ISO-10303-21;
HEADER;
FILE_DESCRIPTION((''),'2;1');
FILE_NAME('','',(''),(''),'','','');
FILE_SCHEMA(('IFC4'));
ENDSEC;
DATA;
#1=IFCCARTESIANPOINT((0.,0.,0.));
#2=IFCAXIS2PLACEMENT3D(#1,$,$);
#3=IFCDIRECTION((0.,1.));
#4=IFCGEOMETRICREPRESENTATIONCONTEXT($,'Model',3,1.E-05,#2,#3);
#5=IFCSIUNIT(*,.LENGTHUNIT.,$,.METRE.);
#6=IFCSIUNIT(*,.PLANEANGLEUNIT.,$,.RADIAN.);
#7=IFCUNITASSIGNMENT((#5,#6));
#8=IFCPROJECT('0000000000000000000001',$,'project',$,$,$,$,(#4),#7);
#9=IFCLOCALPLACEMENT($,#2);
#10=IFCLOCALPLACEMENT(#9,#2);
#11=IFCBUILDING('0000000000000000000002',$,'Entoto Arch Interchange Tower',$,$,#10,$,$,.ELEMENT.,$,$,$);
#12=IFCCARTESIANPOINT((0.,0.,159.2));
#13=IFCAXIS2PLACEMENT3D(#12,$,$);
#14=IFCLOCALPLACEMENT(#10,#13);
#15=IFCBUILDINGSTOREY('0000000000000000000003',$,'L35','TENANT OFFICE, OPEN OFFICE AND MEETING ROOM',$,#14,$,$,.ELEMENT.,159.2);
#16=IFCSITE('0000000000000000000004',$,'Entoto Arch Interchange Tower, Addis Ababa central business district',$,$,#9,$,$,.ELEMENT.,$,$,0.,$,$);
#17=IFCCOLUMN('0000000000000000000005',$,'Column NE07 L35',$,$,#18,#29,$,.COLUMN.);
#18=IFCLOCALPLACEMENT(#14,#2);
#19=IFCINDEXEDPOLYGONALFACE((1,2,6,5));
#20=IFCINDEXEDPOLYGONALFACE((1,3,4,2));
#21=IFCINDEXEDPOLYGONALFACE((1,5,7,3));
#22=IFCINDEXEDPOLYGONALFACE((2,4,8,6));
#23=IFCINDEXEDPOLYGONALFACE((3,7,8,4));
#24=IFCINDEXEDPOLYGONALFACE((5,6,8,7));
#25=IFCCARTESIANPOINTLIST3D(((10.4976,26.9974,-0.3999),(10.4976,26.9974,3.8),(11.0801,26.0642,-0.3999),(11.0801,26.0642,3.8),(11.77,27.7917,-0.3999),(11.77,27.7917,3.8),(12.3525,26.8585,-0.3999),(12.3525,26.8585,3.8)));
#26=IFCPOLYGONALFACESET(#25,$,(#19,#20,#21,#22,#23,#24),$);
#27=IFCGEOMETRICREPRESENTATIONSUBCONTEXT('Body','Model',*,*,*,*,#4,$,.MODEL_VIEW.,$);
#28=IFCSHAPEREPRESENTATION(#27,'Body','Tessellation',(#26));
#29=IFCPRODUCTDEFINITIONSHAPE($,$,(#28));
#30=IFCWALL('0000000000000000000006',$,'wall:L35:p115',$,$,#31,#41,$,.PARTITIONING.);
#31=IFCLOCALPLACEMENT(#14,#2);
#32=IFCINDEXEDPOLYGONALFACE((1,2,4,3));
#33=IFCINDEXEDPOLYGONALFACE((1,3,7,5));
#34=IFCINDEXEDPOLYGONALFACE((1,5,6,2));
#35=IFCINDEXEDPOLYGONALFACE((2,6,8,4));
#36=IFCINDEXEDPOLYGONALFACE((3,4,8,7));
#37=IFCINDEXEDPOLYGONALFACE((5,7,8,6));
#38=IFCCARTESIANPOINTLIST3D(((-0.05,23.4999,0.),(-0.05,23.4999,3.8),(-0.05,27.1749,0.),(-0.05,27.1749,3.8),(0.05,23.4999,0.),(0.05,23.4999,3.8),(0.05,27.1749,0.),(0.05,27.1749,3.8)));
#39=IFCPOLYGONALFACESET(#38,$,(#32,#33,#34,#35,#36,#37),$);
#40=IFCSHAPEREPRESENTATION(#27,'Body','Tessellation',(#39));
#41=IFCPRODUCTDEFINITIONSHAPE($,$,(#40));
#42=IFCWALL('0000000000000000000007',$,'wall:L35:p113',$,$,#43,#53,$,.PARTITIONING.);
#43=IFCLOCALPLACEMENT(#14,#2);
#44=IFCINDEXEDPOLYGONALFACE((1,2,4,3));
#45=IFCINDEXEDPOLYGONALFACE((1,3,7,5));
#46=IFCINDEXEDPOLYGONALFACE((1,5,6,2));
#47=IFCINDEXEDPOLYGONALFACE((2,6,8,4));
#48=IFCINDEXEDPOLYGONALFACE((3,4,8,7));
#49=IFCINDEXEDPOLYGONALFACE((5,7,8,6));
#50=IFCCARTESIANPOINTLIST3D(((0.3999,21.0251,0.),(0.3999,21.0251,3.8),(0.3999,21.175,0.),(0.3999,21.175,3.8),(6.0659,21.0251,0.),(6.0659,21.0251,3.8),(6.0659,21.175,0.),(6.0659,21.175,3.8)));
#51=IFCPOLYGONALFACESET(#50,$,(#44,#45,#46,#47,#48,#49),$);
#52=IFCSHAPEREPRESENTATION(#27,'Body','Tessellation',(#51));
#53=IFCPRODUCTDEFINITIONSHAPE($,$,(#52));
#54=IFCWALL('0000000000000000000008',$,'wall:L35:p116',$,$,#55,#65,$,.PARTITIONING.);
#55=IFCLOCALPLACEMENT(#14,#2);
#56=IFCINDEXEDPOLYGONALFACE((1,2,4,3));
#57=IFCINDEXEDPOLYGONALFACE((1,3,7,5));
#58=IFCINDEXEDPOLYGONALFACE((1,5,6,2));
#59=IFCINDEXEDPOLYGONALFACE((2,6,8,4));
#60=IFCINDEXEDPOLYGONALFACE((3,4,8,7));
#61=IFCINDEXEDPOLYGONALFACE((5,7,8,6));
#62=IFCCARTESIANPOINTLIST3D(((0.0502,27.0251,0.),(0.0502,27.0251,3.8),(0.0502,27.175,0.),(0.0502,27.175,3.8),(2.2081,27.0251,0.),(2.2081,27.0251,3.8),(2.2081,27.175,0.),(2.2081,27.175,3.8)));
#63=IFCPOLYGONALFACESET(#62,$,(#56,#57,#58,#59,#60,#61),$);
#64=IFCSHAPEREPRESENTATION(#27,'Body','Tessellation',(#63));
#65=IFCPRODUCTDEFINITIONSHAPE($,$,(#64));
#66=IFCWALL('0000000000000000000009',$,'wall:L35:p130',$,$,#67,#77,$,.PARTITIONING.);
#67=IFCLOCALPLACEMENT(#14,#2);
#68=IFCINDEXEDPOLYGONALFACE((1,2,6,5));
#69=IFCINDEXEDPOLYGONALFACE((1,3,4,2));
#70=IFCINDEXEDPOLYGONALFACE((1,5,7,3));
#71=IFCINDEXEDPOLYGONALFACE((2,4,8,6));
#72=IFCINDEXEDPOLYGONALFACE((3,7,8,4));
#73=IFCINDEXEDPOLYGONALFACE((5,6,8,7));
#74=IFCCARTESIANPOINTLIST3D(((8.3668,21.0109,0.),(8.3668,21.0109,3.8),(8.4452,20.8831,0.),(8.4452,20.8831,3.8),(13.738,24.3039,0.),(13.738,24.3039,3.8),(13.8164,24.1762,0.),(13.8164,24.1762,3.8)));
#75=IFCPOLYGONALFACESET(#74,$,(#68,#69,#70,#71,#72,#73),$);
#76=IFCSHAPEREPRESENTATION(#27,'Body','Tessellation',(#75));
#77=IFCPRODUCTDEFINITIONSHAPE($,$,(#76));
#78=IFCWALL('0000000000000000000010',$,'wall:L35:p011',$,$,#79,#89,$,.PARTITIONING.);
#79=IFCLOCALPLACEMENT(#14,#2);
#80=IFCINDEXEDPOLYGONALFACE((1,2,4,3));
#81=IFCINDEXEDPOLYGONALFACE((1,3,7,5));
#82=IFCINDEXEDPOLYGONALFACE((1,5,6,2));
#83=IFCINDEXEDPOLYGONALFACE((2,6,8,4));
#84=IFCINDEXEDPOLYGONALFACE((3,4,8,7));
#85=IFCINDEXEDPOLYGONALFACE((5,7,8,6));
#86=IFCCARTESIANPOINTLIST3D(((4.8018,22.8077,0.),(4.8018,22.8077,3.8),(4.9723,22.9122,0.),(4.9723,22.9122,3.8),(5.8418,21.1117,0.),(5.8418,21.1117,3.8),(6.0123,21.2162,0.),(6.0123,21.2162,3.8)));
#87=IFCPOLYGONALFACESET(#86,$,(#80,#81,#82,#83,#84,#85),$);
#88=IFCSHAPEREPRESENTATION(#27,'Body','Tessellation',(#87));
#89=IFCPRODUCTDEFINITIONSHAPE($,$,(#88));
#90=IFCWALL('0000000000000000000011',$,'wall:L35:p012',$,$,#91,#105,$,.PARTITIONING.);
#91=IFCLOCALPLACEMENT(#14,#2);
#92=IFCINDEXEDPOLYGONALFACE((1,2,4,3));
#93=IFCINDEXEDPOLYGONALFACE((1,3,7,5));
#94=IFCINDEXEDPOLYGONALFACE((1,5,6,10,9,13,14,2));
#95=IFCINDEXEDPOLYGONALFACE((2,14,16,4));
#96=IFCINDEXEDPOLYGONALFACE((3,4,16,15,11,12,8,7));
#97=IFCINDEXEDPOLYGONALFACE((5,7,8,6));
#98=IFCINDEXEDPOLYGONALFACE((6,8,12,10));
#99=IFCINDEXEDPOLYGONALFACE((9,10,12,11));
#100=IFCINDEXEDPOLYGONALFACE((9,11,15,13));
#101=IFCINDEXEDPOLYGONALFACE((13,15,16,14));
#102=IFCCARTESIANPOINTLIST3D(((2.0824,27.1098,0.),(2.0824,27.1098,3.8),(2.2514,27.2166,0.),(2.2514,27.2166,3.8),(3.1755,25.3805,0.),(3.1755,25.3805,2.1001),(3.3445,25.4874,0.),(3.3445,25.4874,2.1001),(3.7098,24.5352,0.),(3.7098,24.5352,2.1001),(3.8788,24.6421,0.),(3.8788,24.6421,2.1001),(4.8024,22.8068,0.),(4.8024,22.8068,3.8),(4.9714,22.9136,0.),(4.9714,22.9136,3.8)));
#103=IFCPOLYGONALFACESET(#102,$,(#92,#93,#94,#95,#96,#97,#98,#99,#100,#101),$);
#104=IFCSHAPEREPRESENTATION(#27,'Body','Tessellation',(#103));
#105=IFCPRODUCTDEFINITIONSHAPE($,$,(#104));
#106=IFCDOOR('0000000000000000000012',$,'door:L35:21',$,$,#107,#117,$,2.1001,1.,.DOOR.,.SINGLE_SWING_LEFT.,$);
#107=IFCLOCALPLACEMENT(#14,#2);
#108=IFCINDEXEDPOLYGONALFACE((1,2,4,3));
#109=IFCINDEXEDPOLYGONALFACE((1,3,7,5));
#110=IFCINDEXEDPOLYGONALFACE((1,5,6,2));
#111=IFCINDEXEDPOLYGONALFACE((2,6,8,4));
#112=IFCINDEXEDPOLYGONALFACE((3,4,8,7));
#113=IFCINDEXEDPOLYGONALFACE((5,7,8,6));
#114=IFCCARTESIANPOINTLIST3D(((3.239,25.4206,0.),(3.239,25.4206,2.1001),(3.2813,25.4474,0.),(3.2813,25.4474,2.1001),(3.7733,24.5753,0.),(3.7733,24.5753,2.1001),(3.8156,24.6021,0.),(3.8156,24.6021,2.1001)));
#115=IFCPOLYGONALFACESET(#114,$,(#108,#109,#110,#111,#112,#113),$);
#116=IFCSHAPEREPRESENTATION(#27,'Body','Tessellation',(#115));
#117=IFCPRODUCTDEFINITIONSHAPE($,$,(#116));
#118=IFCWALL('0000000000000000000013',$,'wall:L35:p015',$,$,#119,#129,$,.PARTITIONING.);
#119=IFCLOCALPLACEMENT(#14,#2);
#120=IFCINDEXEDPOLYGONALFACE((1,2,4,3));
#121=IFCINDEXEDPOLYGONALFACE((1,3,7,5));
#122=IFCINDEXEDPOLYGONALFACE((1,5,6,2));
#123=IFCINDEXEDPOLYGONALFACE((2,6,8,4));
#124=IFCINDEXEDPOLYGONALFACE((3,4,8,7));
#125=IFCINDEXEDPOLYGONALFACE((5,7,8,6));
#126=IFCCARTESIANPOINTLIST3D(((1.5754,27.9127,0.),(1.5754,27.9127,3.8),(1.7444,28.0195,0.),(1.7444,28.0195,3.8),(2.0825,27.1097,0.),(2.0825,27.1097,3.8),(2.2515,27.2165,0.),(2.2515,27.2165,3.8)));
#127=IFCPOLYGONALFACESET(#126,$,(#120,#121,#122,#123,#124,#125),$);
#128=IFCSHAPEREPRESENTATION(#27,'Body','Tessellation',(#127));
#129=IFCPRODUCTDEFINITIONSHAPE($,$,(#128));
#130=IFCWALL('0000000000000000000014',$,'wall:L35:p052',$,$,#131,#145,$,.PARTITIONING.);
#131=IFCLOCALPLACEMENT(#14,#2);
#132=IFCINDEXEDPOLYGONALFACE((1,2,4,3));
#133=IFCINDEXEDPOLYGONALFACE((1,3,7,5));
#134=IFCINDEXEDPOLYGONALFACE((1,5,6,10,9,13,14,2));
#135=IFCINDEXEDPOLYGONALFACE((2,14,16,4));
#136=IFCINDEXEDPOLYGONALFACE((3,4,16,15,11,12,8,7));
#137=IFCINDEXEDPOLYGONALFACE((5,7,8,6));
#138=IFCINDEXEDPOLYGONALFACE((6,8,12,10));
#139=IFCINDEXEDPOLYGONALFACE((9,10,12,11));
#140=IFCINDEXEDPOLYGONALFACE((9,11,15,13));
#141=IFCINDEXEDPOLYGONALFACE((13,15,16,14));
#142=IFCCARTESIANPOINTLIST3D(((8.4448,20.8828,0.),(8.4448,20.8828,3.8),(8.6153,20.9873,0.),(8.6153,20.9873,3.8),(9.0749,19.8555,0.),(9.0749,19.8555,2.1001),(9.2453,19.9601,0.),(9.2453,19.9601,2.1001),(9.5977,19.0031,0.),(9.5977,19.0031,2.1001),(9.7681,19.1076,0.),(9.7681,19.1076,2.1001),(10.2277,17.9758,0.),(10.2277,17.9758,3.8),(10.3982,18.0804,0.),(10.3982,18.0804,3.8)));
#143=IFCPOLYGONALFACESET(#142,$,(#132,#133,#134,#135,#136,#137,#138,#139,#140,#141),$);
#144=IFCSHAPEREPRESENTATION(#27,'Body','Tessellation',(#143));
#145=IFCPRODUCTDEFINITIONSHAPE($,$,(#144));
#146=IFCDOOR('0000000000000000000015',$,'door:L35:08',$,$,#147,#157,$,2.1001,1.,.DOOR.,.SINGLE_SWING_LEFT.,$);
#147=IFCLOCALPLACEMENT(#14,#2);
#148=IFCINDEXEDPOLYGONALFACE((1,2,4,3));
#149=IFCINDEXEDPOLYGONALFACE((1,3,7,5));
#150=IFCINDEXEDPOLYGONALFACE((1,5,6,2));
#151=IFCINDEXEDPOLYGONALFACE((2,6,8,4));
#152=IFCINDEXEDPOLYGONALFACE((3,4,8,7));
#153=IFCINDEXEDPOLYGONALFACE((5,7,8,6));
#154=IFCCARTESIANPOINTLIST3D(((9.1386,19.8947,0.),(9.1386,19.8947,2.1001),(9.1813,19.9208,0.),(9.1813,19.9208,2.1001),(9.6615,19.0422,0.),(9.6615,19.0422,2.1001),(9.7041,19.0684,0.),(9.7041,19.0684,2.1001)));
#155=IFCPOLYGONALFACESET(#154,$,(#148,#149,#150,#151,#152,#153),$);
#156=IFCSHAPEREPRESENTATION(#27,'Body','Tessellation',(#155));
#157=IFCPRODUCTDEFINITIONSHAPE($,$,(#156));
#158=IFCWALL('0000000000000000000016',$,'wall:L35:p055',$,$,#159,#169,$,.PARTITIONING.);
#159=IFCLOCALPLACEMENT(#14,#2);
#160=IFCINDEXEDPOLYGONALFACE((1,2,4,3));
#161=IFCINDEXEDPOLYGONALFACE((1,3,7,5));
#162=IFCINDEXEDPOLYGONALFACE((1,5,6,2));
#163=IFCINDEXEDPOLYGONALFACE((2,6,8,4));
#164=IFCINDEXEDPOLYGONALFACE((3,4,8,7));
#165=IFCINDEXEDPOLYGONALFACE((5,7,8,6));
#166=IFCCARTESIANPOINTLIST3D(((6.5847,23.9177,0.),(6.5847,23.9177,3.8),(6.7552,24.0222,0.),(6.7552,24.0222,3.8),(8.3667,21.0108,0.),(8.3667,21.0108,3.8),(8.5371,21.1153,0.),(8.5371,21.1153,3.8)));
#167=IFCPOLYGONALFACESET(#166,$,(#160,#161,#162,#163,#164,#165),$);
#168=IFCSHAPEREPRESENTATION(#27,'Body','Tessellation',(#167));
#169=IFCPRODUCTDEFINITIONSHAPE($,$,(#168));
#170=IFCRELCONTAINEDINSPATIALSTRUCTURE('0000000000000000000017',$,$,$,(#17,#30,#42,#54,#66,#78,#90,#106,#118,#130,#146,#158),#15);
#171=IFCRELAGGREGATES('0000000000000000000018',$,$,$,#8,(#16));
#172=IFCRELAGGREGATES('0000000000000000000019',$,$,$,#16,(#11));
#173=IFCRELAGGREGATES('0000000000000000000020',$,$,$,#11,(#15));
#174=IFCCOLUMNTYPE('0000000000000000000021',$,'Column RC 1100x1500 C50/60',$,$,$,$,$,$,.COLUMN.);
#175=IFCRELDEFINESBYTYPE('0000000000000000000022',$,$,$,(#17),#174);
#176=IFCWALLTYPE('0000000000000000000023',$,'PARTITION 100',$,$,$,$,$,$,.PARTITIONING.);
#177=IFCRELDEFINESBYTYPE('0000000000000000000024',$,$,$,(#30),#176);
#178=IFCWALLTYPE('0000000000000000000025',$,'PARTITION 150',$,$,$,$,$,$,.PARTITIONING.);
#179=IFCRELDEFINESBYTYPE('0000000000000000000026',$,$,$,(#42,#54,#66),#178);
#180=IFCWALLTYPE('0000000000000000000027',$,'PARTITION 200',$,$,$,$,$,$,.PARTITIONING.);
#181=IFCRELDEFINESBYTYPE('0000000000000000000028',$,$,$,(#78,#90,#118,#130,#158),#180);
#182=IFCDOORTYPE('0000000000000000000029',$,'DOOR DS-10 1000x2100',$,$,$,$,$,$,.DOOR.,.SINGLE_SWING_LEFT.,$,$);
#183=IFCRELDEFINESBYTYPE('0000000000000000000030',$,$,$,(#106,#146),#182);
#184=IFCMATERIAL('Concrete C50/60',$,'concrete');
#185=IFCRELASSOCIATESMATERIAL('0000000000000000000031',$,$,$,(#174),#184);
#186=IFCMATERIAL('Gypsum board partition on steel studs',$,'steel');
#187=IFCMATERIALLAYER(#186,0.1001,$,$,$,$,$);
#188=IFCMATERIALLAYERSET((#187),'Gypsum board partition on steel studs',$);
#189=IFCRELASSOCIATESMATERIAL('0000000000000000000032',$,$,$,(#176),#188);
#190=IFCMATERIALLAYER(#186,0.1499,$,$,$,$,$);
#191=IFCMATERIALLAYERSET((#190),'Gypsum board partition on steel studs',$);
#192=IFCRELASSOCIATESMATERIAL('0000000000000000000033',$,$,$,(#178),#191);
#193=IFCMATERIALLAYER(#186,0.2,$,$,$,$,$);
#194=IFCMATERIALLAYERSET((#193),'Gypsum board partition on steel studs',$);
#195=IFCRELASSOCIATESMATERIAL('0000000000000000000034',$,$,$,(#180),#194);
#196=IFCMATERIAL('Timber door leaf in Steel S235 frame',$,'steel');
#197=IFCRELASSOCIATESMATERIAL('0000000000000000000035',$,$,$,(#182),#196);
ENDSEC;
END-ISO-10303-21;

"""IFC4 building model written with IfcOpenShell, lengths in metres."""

from ifc_helpers import new_model, si_unit, direction, frame, frame_2d, origin, origin_2d, place, context, subcontext, project, spatial, rectangle, extrude, material, layer, layer_set, material_profile, profile_set, type_object, element, fill, save


model = new_model("IFC4")

# Units and contexts
model_context = context("Model", 3, precision=1e-05, world=origin(), true_north=direction((0.0, 1.0)))
body_context = subcontext(model_context, "Body", "Model", "MODEL_VIEW")
ifc_project = project(units=[si_unit("LENGTHUNIT", "METRE"), si_unit("PLANEANGLEUNIT", "RADIAN")], contexts=[model_context])

# Site, building, storey
site_placement = place(None, origin())
site = spatial("IfcSite", under=ifc_project, at=site_placement, Name="Entoto Arch Interchange Tower, Addis Ababa central business district", CompositionType="ELEMENT", RefElevation=0.0)
building_placement = place(site_placement, origin())
building = spatial("IfcBuilding", under=site, at=building_placement, Name="Entoto Arch Interchange Tower", CompositionType="ELEMENT")
storey_placement = place(building_placement, frame((0.0, 0.0, 159.2)))
storey = spatial("IfcBuildingStorey", under=building, at=storey_placement, Name="L35", Description="TENANT OFFICE, OPEN OFFICE AND MEETING ROOM", CompositionType="ELEMENT", Elevation=159.2)

# Column
ifc_material_1 = material(Name="Concrete C50/60", Category="concrete")
ifc_material_profile = material_profile(ifc_material_1, rectangle(XDim=1.1001, YDim=1.5, at=origin_2d()))
ifc_profile_set = profile_set([ifc_material_profile], Name="Concrete C50/60")
column_type = type_object("IfcColumnType", Name="Column RC 1100x1500 C50/60", PredefinedType="COLUMN", material=ifc_profile_set)
column_placement = place(storey_placement, frame((11.425, 26.928, -0.3999), z_axis=(0.0, 0.0, 1.0), x_axis=(-0.529549, 0.848279, 0.0)))
element("IfcColumn", 1, at=column_placement, inside=storey, type_object=column_type, Name="Column NE07 L35", PredefinedType="COLUMN", context=body_context, shape_type="SweptSolid", body=[
    extrude(rectangle(XDim=1.1001, YDim=1.5, at=origin_2d()), origin(), (0.0, 0.0, 1.0), 4.2),
])

# Walls
ifc_material_2 = material(Name="Gypsum board partition on steel studs", Category="steel")
ifc_layer_1 = layer(ifc_material_2, 0.1001)
ifc_layer_set_1 = layer_set([ifc_layer_1], Name="Gypsum board partition on steel studs")
wall_type_1 = type_object("IfcWallType", Name="PARTITION 100", PredefinedType="PARTITIONING", material=ifc_layer_set_1)
wall_1_placement = place(storey_placement, frame((0.0, 23.5, 0.0), z_axis=(0.0, 0.0, 1.0), x_axis=(0.0, 1.0, 0.0)))
element("IfcWall", 2, at=wall_1_placement, inside=storey, type_object=wall_type_1, Name="wall:L35:p115", PredefinedType="PARTITIONING", context=body_context, shape_type="SweptSolid", body=[
    extrude(rectangle(XDim=3.675, YDim=0.1001, at=frame_2d((1.8374, 0.0))), origin(), (0.0, 0.0, 1.0), 3.8),
])
ifc_layer_2 = layer(ifc_material_2, 0.1499)
ifc_layer_set_2 = layer_set([ifc_layer_2], Name="Gypsum board partition on steel studs")
wall_type_2 = type_object("IfcWallType", Name="PARTITION 150", PredefinedType="PARTITIONING", material=ifc_layer_set_2)
wall_2_placement = place(storey_placement, frame((0.3999, 21.1001, 0.0), z_axis=(0.0, 0.0, 1.0), x_axis=(1.0, 0.0, 0.0)))
element("IfcWall", 3, at=wall_2_placement, inside=storey, type_object=wall_type_2, Name="wall:L35:p113", PredefinedType="PARTITIONING", context=body_context, shape_type="SweptSolid", body=[
    extrude(rectangle(XDim=5.666, YDim=0.1499, at=frame_2d((2.833, 0.0))), origin(), (0.0, 0.0, 1.0), 3.8),
])
wall_3_placement = place(storey_placement, frame((0.05, 27.1001, 0.0), z_axis=(0.0, 0.0, 1.0), x_axis=(1.0, 0.0, 0.0)))
element("IfcWall", 4, at=wall_3_placement, inside=storey, type_object=wall_type_2, Name="wall:L35:p116", PredefinedType="PARTITIONING", context=body_context, shape_type="SweptSolid", body=[
    extrude(rectangle(XDim=2.158, YDim=0.1499, at=frame_2d((1.0791, 0.0))), origin(), (0.0, 0.0, 1.0), 3.8),
])
wall_4_placement = place(storey_placement, frame((8.406, 20.947, 0.0), z_axis=(0.0, 0.0, 1.0), x_axis=(0.85253, 0.522678, 0.0)))
element("IfcWall", 5, at=wall_4_placement, inside=storey, type_object=wall_type_2, Name="wall:L35:p130", PredefinedType="PARTITIONING", context=body_context, shape_type="SweptSolid", body=[
    extrude(rectangle(XDim=6.3003, YDim=0.1499, at=frame_2d((3.1501, 0.0))), origin(), (0.0, 0.0, 1.0), 3.8),
])
ifc_layer_3 = layer(ifc_material_2, 0.2)
ifc_layer_set_3 = layer_set([ifc_layer_3], Name="Gypsum board partition on steel studs")
wall_type_3 = type_object("IfcWallType", Name="PARTITION 200", PredefinedType="PARTITIONING", material=ifc_layer_set_3)
wall_5_placement = place(storey_placement, frame((5.927, 21.1641, 0.0), z_axis=(0.0, 0.0, 1.0), x_axis=(-0.522755, 0.852483, 0.0)))
element("IfcWall", 6, at=wall_5_placement, inside=storey, type_object=wall_type_3, Name="wall:L35:p011", PredefinedType="PARTITIONING", context=body_context, shape_type="SweptSolid", body=[
    extrude(rectangle(XDim=1.9895, YDim=0.2, at=frame_2d((0.9946, 0.0))), origin(), (0.0, 0.0, 1.0), 3.8),
])

# Wall, opening, door
wall_6_placement = place(storey_placement, frame((4.887, 22.8601, 0.0), z_axis=(0.0, 0.0, 1.0), x_axis=(-0.534316, 0.845285, 0.0)))
wall_6 = element("IfcWall", 7, at=wall_6_placement, inside=storey, type_object=wall_type_3, Name="wall:L35:p012", PredefinedType="PARTITIONING", context=body_context, shape_type="SweptSolid", body=[
    extrude(rectangle(XDim=5.0906, YDim=0.2, at=frame_2d((2.5454, 0.0))), origin(), (0.0, 0.0, 1.0), 3.8),
])
opening_1_placement = place(wall_6_placement, frame((2.0449, 0.0, 0.0)))
opening_1 = element("IfcOpeningElement", 8, at=opening_1_placement, cuts=wall_6, PredefinedType="OPENING", context=body_context, shape_type="SweptSolid", body=[
    extrude(rectangle(XDim=1.0, YDim=2.1001, at=frame_2d((0.5, 1.05))), frame((0.0, 0.1099, 0.0), z_axis=(0.0, -1.0, 0.0), x_axis=(1.0, 0.0, 0.0)), (0.0, 0.0, 1.0), 0.22),
])
ifc_material_3 = material(Name="Timber door leaf in Steel S235 frame", Category="steel")
door_type = type_object("IfcDoorType", Name="DOOR DS-10 1000x2100", OperationType="SINGLE_SWING_LEFT", PredefinedType="DOOR", material=ifc_material_3)
door_1_placement = place(opening_1_placement, origin())
door_1 = element("IfcDoor", 9, at=door_1_placement, inside=storey, type_object=door_type, Name="door:L35:21", OperationType="SINGLE_SWING_LEFT", OverallHeight=2.1001, OverallWidth=1.0, PredefinedType="DOOR", context=body_context, shape_type="SweptSolid", body=[
    extrude(rectangle(XDim=1.0, YDim=2.1001, at=frame_2d((0.5, 1.05))), frame((0.0, 0.0249, 0.0), z_axis=(0.0, -1.0, 0.0), x_axis=(1.0, 0.0, 0.0)), (0.0, 0.0, 1.0), 0.05),
])
fill(opening_1, door_1)

# Wall
wall_7_placement = place(storey_placement, frame((2.167, 27.1631, 0.0), z_axis=(0.0, 0.0, 1.0), x_axis=(-0.533945, 0.845519, 0.0)))
element("IfcWall", 10, at=wall_7_placement, inside=storey, type_object=wall_type_3, Name="wall:L35:p015", PredefinedType="PARTITIONING", context=body_context, shape_type="SweptSolid", body=[
    extrude(rectangle(XDim=0.9497, YDim=0.2, at=frame_2d((0.4749, 0.0))), origin(), (0.0, 0.0, 1.0), 3.8),
])

# Wall, opening, door
wall_8_placement = place(storey_placement, frame((8.53, 20.9351, 0.0), z_axis=(0.0, 0.0, 1.0), x_axis=(0.522831, -0.852437, 0.0)))
wall_8 = element("IfcWall", 11, at=wall_8_placement, inside=storey, type_object=wall_type_3, Name="wall:L35:p052", PredefinedType="PARTITIONING", context=body_context, shape_type="SweptSolid", body=[
    extrude(rectangle(XDim=3.4102, YDim=0.2, at=frame_2d((1.7051, 0.0))), origin(), (0.0, 0.0, 1.0), 3.8),
])
opening_2_placement = place(wall_8_placement, frame((1.2051, 0.0, 0.0)))
opening_2 = element("IfcOpeningElement", 12, at=opening_2_placement, cuts=wall_8, PredefinedType="OPENING", context=body_context, shape_type="SweptSolid", body=[
    extrude(rectangle(XDim=1.0, YDim=2.1001, at=frame_2d((0.5, 1.05))), frame((0.0, 0.1099, 0.0), z_axis=(0.0, -1.0, 0.0), x_axis=(1.0, 0.0, 0.0)), (0.0, 0.0, 1.0), 0.22),
])
door_2_placement = place(opening_2_placement, origin())
door_2 = element("IfcDoor", 13, at=door_2_placement, inside=storey, type_object=door_type, Name="door:L35:08", OperationType="SINGLE_SWING_LEFT", OverallHeight=2.1001, OverallWidth=1.0, PredefinedType="DOOR", context=body_context, shape_type="SweptSolid", body=[
    extrude(rectangle(XDim=1.0, YDim=2.1001, at=frame_2d((0.5, 1.05))), frame((0.0, 0.0249, 0.0), z_axis=(0.0, -1.0, 0.0), x_axis=(1.0, 0.0, 0.0)), (0.0, 0.0, 1.0), 0.05),
])
fill(opening_2, door_2)

# Wall
wall_9_placement = place(storey_placement, frame((6.6699, 23.97, 0.0), z_axis=(0.0, 0.0, 1.0), x_axis=(0.522623, -0.852564, 0.0)))
element("IfcWall", 14, at=wall_9_placement, inside=storey, type_object=wall_type_3, Name="wall:L35:p055", PredefinedType="PARTITIONING", context=body_context, shape_type="SweptSolid", body=[
    extrude(rectangle(XDim=3.4097, YDim=0.2, at=frame_2d((1.7048, 0.0))), origin(), (0.0, 0.0, 1.0), 3.8),
])

save(model, "model.ifc")
